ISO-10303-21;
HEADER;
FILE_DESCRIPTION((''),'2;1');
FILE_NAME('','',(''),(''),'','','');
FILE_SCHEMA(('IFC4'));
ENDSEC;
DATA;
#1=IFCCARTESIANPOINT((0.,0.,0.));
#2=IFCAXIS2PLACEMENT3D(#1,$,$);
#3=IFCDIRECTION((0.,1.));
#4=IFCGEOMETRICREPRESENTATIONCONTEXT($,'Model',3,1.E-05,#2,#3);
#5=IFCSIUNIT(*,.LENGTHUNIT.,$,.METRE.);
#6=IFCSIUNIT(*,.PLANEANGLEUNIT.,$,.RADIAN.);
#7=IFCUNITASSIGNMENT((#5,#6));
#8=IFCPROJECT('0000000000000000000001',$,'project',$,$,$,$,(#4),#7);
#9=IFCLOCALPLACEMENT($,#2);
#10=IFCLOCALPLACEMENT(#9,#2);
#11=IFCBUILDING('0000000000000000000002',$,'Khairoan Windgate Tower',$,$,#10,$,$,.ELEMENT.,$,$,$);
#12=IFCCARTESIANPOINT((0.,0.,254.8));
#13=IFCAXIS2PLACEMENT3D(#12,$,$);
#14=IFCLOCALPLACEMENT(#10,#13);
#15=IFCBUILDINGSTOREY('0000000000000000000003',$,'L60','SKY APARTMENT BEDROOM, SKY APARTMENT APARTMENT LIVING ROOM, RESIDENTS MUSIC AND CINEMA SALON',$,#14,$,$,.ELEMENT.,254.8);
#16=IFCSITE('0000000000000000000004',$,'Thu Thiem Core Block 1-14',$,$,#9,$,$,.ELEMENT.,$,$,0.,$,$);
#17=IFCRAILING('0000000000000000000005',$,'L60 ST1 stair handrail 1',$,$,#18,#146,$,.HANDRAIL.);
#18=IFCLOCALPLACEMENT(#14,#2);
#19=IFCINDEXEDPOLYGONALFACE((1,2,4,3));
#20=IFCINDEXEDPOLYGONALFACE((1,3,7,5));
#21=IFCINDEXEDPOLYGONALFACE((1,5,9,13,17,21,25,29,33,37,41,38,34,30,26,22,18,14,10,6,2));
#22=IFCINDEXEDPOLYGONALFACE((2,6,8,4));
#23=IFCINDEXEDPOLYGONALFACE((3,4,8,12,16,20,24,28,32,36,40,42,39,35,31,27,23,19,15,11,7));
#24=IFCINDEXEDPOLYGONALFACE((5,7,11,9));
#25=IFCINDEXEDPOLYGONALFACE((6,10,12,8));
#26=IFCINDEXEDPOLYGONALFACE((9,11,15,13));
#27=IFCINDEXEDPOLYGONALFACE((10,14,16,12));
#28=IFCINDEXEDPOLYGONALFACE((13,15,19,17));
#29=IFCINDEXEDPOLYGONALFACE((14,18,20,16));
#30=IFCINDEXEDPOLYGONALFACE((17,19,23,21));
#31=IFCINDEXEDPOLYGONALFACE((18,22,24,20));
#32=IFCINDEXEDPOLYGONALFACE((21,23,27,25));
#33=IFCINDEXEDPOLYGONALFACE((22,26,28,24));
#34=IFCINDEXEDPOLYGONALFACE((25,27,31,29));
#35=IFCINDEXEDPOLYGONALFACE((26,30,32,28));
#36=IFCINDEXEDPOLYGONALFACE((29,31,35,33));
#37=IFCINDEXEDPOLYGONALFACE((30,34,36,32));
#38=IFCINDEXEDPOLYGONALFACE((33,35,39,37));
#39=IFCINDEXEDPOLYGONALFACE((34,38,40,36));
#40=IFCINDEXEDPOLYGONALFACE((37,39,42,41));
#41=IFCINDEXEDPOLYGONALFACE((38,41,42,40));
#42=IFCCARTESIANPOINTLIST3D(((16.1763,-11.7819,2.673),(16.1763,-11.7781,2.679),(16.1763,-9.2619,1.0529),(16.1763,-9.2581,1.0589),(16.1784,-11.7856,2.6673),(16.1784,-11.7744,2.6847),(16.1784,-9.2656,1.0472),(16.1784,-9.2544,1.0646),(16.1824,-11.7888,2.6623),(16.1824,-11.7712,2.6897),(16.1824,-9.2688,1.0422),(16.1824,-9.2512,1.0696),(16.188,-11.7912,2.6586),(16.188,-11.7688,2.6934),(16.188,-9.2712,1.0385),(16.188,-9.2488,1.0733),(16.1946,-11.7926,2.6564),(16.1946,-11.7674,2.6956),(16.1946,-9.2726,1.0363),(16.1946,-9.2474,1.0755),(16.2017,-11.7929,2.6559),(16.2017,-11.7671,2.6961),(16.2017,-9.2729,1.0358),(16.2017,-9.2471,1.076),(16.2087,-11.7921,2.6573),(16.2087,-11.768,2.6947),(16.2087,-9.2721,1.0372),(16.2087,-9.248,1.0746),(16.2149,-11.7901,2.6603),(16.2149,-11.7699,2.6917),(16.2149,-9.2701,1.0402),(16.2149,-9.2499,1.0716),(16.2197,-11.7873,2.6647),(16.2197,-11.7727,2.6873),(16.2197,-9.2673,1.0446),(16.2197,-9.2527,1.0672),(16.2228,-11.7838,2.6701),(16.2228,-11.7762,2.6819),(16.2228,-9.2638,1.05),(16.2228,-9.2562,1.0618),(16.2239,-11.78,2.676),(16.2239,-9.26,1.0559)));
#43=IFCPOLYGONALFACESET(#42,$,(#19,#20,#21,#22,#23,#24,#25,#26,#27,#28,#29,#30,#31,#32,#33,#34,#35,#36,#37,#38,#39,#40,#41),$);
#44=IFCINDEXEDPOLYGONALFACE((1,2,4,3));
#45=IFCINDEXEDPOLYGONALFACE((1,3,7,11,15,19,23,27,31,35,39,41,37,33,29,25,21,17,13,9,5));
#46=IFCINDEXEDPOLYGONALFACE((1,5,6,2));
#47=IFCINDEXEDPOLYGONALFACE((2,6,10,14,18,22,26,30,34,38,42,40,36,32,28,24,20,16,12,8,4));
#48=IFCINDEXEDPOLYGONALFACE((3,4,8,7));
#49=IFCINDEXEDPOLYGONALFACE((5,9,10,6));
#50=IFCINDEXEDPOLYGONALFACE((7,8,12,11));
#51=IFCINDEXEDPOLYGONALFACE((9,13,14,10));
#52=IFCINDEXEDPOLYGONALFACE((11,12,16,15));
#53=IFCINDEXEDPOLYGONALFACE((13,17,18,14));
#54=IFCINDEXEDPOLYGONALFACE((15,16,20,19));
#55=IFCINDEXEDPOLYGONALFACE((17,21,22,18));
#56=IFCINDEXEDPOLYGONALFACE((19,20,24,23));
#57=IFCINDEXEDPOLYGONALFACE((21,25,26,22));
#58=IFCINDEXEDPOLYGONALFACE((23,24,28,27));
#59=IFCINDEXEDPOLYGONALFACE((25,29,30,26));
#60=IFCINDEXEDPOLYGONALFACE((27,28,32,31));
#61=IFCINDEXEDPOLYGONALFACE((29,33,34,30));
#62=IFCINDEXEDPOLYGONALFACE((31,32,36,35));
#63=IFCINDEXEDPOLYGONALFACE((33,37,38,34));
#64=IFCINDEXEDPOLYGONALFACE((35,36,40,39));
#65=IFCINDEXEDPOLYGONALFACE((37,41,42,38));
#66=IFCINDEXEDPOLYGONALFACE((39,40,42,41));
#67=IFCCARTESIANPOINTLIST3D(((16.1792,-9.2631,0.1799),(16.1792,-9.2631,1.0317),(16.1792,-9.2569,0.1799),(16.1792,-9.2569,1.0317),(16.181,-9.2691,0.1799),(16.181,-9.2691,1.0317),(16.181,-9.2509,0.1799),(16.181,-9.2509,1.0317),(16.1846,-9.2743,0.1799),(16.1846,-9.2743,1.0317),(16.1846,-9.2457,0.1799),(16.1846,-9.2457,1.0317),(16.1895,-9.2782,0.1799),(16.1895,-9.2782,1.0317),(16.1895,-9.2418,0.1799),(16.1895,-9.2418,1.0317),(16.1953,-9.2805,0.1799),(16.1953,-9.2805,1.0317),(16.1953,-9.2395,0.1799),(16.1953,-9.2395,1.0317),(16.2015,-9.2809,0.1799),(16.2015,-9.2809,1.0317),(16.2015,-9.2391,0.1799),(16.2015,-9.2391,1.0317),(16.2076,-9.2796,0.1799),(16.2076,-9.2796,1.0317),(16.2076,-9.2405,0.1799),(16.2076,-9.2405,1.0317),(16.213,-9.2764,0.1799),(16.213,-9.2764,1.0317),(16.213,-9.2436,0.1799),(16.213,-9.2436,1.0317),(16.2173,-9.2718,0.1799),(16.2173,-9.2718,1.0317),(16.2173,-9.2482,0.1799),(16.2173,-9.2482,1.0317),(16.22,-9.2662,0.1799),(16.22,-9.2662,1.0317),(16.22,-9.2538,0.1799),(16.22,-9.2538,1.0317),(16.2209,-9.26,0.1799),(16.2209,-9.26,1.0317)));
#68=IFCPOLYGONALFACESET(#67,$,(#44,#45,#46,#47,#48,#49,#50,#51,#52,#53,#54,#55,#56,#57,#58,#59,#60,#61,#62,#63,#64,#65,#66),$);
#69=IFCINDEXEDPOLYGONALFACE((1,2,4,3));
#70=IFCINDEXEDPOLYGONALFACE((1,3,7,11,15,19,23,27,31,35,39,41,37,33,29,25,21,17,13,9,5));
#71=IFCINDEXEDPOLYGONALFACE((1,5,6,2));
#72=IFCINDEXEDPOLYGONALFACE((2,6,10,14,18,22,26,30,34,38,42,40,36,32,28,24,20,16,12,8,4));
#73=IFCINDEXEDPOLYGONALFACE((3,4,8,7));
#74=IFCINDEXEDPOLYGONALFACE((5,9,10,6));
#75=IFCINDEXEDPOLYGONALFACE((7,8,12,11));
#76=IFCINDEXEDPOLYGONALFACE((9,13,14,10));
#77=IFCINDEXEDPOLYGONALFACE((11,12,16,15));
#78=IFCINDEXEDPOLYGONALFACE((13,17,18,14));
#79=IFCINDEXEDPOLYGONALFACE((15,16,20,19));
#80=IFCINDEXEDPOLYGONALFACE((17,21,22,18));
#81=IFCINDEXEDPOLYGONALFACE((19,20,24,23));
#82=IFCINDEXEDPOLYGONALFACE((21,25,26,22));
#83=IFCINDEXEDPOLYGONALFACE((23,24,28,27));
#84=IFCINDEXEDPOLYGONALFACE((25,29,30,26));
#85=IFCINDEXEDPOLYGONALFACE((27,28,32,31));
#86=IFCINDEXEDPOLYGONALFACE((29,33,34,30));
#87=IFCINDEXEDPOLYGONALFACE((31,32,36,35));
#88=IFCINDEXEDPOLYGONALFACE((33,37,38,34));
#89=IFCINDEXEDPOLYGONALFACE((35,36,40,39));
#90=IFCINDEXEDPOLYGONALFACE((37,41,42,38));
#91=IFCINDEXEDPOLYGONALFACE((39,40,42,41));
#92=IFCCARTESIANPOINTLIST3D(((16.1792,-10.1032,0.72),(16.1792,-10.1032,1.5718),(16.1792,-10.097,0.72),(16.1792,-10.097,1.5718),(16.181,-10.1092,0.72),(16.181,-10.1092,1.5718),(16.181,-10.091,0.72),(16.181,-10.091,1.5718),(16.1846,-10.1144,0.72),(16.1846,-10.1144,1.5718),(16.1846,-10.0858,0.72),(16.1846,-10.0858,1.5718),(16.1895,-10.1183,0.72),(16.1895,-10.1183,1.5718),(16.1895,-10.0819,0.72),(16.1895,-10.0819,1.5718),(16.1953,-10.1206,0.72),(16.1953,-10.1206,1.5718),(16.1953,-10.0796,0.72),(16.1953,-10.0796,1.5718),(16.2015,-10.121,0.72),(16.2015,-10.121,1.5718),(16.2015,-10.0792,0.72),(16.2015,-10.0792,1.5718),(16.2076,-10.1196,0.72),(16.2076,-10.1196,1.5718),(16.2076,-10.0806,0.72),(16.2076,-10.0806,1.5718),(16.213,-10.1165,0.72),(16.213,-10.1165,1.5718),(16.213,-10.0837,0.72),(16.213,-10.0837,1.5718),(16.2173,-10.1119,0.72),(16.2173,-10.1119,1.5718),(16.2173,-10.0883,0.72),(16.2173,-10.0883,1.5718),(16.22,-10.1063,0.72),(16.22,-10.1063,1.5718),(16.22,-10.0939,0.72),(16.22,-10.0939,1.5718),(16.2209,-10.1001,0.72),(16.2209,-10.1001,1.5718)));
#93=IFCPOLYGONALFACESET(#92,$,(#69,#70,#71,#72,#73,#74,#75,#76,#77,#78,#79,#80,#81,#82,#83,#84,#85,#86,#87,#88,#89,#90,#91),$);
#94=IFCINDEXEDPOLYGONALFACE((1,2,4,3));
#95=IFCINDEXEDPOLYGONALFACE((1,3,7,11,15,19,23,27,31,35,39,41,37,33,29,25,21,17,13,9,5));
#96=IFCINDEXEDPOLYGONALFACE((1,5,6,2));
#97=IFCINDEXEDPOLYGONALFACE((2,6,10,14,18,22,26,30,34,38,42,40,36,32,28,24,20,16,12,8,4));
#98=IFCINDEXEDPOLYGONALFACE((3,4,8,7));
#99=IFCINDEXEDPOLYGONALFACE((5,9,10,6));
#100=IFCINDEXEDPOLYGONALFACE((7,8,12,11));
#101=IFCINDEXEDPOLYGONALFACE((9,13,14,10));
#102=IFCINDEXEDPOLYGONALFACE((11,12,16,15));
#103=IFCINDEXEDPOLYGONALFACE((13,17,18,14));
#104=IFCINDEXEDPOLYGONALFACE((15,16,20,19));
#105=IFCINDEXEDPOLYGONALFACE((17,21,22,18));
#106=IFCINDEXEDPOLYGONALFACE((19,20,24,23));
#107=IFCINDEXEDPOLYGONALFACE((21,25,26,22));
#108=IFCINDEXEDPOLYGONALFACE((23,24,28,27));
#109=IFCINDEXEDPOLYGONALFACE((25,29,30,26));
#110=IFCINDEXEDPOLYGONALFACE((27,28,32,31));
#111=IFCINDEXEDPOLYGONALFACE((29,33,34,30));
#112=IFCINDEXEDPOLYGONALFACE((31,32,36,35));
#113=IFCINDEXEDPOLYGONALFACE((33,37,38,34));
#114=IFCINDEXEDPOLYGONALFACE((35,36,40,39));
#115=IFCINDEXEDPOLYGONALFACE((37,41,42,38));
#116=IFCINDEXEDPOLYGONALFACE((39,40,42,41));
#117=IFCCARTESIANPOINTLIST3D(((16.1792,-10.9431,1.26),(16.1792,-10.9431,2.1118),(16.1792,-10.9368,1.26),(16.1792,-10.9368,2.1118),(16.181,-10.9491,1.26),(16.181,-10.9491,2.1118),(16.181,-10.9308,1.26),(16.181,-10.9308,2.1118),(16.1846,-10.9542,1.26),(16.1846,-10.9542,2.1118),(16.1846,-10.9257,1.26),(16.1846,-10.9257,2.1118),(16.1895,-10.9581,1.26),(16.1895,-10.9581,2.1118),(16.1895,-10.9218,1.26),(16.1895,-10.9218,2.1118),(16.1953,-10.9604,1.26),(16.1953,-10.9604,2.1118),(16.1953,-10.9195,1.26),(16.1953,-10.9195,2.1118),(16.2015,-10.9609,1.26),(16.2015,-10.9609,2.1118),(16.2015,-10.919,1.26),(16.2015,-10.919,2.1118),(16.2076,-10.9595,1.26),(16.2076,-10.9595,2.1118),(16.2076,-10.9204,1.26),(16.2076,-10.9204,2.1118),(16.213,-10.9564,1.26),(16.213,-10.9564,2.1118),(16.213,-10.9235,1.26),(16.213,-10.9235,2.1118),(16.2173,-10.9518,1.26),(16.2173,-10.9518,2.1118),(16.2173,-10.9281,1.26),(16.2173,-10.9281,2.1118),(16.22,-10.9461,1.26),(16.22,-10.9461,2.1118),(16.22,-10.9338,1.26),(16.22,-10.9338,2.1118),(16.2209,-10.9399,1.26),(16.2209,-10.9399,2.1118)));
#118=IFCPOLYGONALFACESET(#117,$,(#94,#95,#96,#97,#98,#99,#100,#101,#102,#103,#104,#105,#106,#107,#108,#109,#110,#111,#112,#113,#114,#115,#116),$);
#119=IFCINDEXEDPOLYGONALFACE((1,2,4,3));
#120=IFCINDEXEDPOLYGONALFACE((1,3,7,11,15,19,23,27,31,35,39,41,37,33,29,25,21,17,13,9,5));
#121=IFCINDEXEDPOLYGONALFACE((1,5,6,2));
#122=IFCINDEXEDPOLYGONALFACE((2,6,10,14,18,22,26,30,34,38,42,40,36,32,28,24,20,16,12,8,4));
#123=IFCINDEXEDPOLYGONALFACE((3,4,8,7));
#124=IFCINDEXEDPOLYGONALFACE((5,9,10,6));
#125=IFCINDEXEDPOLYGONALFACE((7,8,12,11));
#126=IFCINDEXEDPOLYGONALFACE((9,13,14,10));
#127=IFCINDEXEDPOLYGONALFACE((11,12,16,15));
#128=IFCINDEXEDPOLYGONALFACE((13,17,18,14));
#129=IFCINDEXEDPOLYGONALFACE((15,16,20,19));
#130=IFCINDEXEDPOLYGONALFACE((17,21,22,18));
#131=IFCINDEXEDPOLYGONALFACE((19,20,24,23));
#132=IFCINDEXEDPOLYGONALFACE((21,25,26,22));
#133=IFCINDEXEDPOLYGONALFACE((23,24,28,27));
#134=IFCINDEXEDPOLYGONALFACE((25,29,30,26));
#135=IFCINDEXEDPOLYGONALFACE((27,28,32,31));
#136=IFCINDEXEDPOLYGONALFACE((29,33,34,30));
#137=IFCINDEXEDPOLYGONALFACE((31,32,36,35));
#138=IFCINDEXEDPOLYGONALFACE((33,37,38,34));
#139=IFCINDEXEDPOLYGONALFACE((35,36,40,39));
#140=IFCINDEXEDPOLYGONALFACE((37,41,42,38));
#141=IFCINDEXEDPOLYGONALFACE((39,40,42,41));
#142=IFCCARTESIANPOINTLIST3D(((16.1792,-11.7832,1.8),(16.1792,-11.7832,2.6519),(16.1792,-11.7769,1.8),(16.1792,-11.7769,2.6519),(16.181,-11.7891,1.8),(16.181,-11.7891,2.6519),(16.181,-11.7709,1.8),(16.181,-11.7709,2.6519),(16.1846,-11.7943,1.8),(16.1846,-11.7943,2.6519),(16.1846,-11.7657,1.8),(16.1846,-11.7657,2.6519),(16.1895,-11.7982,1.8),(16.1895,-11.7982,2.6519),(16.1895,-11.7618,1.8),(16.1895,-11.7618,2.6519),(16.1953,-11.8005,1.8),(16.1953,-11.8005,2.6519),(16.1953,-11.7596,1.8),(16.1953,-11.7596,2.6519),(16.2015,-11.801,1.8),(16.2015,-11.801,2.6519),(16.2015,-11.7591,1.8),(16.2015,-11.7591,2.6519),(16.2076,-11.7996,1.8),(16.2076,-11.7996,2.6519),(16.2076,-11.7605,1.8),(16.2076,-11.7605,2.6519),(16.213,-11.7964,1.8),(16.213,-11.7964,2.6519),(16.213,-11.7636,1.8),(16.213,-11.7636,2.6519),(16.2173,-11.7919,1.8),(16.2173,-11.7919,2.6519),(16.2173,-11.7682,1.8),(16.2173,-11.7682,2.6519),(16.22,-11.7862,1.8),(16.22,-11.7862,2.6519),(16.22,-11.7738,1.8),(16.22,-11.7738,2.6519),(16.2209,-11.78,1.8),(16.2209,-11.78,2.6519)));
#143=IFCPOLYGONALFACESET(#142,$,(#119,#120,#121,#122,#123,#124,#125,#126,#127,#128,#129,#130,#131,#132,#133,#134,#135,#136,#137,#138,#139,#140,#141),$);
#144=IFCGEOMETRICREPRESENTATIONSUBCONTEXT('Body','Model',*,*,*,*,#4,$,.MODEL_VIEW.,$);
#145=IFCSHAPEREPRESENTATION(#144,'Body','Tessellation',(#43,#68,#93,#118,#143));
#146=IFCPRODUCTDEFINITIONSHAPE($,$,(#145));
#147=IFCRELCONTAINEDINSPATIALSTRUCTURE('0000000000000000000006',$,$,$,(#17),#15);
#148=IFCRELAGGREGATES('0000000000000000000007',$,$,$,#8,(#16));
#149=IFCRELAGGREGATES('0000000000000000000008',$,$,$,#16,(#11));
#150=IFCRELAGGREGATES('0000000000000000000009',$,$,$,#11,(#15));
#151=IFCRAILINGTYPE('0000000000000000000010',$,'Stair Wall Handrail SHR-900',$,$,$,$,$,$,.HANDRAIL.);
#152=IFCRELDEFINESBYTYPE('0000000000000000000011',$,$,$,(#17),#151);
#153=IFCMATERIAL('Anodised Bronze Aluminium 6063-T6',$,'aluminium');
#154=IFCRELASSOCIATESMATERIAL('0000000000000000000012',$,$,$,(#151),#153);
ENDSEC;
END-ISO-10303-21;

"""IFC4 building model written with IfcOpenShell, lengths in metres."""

from ifc_helpers import new_model, si_unit, direction, frame, origin, origin_2d, place, context, subcontext, project, spatial, circle, extrude, material, type_object, element, save


model = new_model("IFC4")

# Units and contexts
model_context = context("Model", 3, precision=1e-05, world=origin(), true_north=direction((0.0, 1.0)))
body_context = subcontext(model_context, "Body", "Model", "MODEL_VIEW")
ifc_project = project(units=[si_unit("LENGTHUNIT", "METRE"), si_unit("PLANEANGLEUNIT", "RADIAN")], contexts=[model_context])

# Site, building, storey
site_placement = place(None, origin())
site = spatial("IfcSite", under=ifc_project, at=site_placement, Name="Thu Thiem Core Block 1-14", CompositionType="ELEMENT", RefElevation=0.0)
building_placement = place(site_placement, origin())
building = spatial("IfcBuilding", under=site, at=building_placement, Name="Khairoan Windgate Tower", CompositionType="ELEMENT")
storey_placement = place(building_placement, frame((0.0, 0.0, 254.8)))
storey = spatial("IfcBuildingStorey", under=building, at=storey_placement, Name="L60", Description="SKY APARTMENT BEDROOM, SKY APARTMENT APARTMENT LIVING ROOM, RESIDENTS MUSIC AND CINEMA SALON", CompositionType="ELEMENT", Elevation=254.8)

# Railing
ifc_material_1 = material(Name="Anodised Bronze Aluminium 6063-T6", Category="aluminium")
railing_type_1 = type_object("IfcRailingType", Name="Stair Wall Handrail SHR-900", PredefinedType="HANDRAIL", material=ifc_material_1)
railing_1_placement = place(storey_placement, frame((16.2, -9.26, 0.1799)))
element("IfcRailing", 1, at=railing_1_placement, inside=storey, type_object=railing_type_1, Name="L60 ST1 stair handrail 1", PredefinedType="HANDRAIL", context=body_context, shape_type="SweptSolid", body=[
    extrude(circle(Radius=0.0239, at=origin_2d()), frame((0.0, 0.0, 0.876), z_axis=(0.0, -0.841163, 0.540782), x_axis=(1.0, 0.0, 0.0)), (0.0, 0.0, 1.0), 2.9958),
    extrude(circle(Radius=0.021, at=origin_2d()), origin(), (0.0, 0.0, 1.0), 0.8518),
    extrude(circle(Radius=0.021, at=origin_2d()), frame((0.0, -0.8401, 0.54)), (0.0, 0.0, 1.0), 0.8518),
    extrude(circle(Radius=0.021, at=origin_2d()), frame((0.0, -1.6799, 1.0801)), (0.0, 0.0, 1.0), 0.8518),
    extrude(circle(Radius=0.021, at=origin_2d()), frame((0.0, -2.52, 1.6201)), (0.0, 0.0, 1.0), 0.8518),
])

save(model, "model.ifc")
